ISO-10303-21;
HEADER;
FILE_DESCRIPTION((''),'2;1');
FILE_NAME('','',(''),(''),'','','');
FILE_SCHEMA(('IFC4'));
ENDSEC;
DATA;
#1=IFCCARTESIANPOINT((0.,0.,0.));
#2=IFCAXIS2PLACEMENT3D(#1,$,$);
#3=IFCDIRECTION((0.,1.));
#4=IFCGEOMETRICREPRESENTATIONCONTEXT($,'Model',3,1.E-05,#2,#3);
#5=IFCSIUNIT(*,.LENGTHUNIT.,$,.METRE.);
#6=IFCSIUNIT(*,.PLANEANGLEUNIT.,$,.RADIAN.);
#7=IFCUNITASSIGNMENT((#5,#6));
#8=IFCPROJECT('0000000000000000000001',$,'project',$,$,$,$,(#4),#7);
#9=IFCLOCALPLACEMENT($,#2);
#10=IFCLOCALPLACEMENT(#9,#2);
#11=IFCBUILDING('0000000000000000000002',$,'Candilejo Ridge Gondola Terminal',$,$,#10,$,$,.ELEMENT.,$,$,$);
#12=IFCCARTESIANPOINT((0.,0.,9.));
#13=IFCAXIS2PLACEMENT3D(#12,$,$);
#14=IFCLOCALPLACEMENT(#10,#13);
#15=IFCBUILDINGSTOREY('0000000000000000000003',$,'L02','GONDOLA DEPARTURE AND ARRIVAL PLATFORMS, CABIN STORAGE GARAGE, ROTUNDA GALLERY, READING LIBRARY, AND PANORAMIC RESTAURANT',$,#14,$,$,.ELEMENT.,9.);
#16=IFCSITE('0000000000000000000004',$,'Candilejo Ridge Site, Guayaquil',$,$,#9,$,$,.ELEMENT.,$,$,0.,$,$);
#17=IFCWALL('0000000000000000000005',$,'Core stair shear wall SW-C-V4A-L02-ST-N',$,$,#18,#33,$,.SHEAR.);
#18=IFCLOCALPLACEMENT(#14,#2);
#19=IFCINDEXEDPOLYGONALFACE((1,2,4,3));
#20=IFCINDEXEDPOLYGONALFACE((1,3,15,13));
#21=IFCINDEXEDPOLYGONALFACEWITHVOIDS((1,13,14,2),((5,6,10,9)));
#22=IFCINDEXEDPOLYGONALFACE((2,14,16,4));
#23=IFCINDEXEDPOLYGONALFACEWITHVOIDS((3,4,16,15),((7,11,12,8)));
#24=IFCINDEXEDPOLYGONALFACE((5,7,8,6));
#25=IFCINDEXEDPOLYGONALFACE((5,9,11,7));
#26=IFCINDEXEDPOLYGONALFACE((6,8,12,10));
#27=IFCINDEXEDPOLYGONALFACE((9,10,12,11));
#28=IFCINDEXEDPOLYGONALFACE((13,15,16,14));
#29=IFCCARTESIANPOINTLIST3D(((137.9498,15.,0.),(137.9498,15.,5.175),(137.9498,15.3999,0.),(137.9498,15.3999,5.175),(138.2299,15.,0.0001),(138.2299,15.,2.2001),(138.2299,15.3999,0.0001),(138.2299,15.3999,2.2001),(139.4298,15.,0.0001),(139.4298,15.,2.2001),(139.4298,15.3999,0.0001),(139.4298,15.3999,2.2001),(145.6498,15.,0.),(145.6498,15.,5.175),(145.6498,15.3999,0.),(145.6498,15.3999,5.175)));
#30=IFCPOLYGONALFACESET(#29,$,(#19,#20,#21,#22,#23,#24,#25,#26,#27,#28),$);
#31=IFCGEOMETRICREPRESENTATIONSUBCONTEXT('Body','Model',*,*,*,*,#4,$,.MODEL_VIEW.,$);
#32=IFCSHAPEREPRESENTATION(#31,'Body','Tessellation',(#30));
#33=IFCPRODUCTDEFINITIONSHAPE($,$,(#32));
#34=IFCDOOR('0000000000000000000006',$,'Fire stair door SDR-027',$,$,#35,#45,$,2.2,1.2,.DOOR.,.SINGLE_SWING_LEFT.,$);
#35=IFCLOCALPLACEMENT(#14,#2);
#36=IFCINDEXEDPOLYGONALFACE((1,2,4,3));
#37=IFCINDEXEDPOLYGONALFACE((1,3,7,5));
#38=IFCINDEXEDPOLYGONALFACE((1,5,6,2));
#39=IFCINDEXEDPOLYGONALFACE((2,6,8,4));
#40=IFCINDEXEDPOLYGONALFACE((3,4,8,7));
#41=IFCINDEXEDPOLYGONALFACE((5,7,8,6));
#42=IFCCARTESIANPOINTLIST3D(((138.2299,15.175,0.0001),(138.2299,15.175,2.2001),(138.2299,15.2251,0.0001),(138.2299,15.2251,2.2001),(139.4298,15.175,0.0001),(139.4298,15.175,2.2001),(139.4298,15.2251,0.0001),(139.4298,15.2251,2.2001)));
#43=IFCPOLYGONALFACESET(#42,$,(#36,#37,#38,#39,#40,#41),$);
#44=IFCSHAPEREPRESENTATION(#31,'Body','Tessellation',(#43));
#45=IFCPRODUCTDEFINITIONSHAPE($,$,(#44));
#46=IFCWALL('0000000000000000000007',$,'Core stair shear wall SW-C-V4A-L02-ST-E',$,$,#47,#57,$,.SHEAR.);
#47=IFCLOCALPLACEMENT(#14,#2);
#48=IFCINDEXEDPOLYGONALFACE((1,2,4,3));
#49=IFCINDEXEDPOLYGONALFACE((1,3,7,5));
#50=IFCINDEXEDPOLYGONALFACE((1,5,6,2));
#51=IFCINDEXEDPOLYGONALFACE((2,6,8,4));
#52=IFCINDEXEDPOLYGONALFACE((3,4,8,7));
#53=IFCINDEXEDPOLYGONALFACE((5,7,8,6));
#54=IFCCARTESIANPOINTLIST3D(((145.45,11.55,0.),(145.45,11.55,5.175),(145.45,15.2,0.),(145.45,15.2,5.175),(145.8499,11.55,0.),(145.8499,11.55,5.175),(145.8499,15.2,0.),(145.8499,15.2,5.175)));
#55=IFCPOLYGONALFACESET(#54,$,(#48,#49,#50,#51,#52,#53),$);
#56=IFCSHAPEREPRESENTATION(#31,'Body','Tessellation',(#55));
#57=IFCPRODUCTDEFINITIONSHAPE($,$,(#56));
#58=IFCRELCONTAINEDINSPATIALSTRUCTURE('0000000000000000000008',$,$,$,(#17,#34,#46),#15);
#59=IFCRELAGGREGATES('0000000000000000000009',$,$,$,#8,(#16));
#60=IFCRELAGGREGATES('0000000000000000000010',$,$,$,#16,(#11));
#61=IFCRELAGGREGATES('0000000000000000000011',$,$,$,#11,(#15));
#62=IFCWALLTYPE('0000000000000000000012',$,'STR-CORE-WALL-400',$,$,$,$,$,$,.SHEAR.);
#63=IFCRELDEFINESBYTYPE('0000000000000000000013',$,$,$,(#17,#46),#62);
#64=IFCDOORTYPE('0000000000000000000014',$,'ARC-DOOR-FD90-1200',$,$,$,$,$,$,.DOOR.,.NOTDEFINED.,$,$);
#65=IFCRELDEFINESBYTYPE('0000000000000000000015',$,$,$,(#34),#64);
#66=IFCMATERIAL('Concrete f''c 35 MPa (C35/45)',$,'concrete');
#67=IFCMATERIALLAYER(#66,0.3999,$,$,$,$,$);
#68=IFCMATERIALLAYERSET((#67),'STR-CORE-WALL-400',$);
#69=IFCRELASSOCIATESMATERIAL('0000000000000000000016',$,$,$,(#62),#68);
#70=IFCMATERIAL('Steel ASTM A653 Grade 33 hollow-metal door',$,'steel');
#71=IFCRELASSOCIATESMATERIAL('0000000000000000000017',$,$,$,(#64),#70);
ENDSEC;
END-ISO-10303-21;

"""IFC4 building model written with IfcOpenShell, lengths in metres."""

from ifc_helpers import new_model, si_unit, direction, frame, frame_2d, origin, place, context, subcontext, project, spatial, rectangle, extrude, material, layer, layer_set, type_object, element, fill, save


model = new_model("IFC4")

# Units and contexts
model_context = context("Model", 3, precision=1e-05, world=origin(), true_north=direction((0.0, 1.0)))
body_context = subcontext(model_context, "Body", "Model", "MODEL_VIEW")
ifc_project = project(units=[si_unit("LENGTHUNIT", "METRE"), si_unit("PLANEANGLEUNIT", "RADIAN")], contexts=[model_context])

# Site, building, storey
site_placement = place(None, origin())
site = spatial("IfcSite", under=ifc_project, at=site_placement, Name="Candilejo Ridge Site, Guayaquil", CompositionType="ELEMENT", RefElevation=0.0)
building_placement = place(site_placement, origin())
building = spatial("IfcBuilding", under=site, at=building_placement, Name="Candilejo Ridge Gondola Terminal", CompositionType="ELEMENT")
storey_placement = place(building_placement, frame((0.0, 0.0, 9.0)))
storey = spatial("IfcBuildingStorey", under=building, at=storey_placement, Name="L02", Description="GONDOLA DEPARTURE AND ARRIVAL PLATFORMS, CABIN STORAGE GARAGE, ROTUNDA GALLERY, READING LIBRARY, AND PANORAMIC RESTAURANT", CompositionType="ELEMENT", Elevation=9.0)

# Wall, opening, door
ifc_material_1 = material(Name="Concrete f'c 35 MPa (C35/45)", Category="concrete")
ifc_layer_1 = layer(ifc_material_1, 0.3999)
ifc_layer_set_1 = layer_set([ifc_layer_1], Name="STR-CORE-WALL-400")
wall_type_1 = type_object("IfcWallType", Name="STR-CORE-WALL-400", PredefinedType="SHEAR", material=ifc_layer_set_1)
wall_1_placement = place(storey_placement, frame((145.6499, 15.2, 0.0), z_axis=(0.0, 0.0, 1.0), x_axis=(-1.0, 0.0, 0.0)))
wall_1 = element("IfcWall", 1, at=wall_1_placement, inside=storey, type_object=wall_type_1, Name="Core stair shear wall SW-C-V4A-L02-ST-N", PredefinedType="SHEAR", context=body_context, shape_type="SweptSolid", body=[
    extrude(rectangle(XDim=7.7, YDim=0.3999, at=frame_2d((3.8501, 0.0))), origin(), (0.0, 0.0, 1.0), 5.175),
])
opening_placement = place(wall_1_placement, frame((6.22, 0.0, 0.0)))
opening = element("IfcOpeningElement", 2, at=opening_placement, cuts=wall_1, PredefinedType="OPENING", context=body_context, shape_type="SweptSolid", body=[
    extrude(rectangle(XDim=1.2, YDim=2.2, at=frame_2d((0.6001, 1.1001))), frame((0.0, 0.21, 0.0), z_axis=(0.0, -1.0, 0.0), x_axis=(1.0, 0.0, 0.0)), (0.0, 0.0, 1.0), 0.4199),
])
ifc_material_2 = material(Name="Steel ASTM A653 Grade 33 hollow-metal door", Category="steel")
door_type = type_object("IfcDoorType", Name="ARC-DOOR-FD90-1200", OperationType="NOTDEFINED", PredefinedType="DOOR", material=ifc_material_2)
door_placement = place(opening_placement, origin())
door = element("IfcDoor", 3, at=door_placement, inside=storey, type_object=door_type, Name="Fire stair door SDR-027", OperationType="SINGLE_SWING_LEFT", OverallHeight=2.2, OverallWidth=1.2, PredefinedType="DOOR", context=body_context, shape_type="SweptSolid", body=[
    extrude(rectangle(XDim=1.2, YDim=2.2, at=frame_2d((0.6001, 1.1001))), frame((0.0, 0.0249, 0.0), z_axis=(0.0, -1.0, 0.0), x_axis=(1.0, 0.0, 0.0)), (0.0, 0.0, 1.0), 0.05),
])
fill(opening, door)

# Wall
wall_2_placement = place(storey_placement, frame((145.6499, 11.55, 0.0), z_axis=(0.0, 0.0, 1.0), x_axis=(0.0, 1.0, 0.0)))
element("IfcWall", 4, at=wall_2_placement, inside=storey, type_object=wall_type_1, Name="Core stair shear wall SW-C-V4A-L02-ST-E", PredefinedType="SHEAR", context=body_context, shape_type="SweptSolid", body=[
    extrude(rectangle(XDim=3.6499, YDim=0.3999, at=frame_2d((1.825, 0.0))), origin(), (0.0, 0.0, 1.0), 5.175),
])

save(model, "model.ifc")
